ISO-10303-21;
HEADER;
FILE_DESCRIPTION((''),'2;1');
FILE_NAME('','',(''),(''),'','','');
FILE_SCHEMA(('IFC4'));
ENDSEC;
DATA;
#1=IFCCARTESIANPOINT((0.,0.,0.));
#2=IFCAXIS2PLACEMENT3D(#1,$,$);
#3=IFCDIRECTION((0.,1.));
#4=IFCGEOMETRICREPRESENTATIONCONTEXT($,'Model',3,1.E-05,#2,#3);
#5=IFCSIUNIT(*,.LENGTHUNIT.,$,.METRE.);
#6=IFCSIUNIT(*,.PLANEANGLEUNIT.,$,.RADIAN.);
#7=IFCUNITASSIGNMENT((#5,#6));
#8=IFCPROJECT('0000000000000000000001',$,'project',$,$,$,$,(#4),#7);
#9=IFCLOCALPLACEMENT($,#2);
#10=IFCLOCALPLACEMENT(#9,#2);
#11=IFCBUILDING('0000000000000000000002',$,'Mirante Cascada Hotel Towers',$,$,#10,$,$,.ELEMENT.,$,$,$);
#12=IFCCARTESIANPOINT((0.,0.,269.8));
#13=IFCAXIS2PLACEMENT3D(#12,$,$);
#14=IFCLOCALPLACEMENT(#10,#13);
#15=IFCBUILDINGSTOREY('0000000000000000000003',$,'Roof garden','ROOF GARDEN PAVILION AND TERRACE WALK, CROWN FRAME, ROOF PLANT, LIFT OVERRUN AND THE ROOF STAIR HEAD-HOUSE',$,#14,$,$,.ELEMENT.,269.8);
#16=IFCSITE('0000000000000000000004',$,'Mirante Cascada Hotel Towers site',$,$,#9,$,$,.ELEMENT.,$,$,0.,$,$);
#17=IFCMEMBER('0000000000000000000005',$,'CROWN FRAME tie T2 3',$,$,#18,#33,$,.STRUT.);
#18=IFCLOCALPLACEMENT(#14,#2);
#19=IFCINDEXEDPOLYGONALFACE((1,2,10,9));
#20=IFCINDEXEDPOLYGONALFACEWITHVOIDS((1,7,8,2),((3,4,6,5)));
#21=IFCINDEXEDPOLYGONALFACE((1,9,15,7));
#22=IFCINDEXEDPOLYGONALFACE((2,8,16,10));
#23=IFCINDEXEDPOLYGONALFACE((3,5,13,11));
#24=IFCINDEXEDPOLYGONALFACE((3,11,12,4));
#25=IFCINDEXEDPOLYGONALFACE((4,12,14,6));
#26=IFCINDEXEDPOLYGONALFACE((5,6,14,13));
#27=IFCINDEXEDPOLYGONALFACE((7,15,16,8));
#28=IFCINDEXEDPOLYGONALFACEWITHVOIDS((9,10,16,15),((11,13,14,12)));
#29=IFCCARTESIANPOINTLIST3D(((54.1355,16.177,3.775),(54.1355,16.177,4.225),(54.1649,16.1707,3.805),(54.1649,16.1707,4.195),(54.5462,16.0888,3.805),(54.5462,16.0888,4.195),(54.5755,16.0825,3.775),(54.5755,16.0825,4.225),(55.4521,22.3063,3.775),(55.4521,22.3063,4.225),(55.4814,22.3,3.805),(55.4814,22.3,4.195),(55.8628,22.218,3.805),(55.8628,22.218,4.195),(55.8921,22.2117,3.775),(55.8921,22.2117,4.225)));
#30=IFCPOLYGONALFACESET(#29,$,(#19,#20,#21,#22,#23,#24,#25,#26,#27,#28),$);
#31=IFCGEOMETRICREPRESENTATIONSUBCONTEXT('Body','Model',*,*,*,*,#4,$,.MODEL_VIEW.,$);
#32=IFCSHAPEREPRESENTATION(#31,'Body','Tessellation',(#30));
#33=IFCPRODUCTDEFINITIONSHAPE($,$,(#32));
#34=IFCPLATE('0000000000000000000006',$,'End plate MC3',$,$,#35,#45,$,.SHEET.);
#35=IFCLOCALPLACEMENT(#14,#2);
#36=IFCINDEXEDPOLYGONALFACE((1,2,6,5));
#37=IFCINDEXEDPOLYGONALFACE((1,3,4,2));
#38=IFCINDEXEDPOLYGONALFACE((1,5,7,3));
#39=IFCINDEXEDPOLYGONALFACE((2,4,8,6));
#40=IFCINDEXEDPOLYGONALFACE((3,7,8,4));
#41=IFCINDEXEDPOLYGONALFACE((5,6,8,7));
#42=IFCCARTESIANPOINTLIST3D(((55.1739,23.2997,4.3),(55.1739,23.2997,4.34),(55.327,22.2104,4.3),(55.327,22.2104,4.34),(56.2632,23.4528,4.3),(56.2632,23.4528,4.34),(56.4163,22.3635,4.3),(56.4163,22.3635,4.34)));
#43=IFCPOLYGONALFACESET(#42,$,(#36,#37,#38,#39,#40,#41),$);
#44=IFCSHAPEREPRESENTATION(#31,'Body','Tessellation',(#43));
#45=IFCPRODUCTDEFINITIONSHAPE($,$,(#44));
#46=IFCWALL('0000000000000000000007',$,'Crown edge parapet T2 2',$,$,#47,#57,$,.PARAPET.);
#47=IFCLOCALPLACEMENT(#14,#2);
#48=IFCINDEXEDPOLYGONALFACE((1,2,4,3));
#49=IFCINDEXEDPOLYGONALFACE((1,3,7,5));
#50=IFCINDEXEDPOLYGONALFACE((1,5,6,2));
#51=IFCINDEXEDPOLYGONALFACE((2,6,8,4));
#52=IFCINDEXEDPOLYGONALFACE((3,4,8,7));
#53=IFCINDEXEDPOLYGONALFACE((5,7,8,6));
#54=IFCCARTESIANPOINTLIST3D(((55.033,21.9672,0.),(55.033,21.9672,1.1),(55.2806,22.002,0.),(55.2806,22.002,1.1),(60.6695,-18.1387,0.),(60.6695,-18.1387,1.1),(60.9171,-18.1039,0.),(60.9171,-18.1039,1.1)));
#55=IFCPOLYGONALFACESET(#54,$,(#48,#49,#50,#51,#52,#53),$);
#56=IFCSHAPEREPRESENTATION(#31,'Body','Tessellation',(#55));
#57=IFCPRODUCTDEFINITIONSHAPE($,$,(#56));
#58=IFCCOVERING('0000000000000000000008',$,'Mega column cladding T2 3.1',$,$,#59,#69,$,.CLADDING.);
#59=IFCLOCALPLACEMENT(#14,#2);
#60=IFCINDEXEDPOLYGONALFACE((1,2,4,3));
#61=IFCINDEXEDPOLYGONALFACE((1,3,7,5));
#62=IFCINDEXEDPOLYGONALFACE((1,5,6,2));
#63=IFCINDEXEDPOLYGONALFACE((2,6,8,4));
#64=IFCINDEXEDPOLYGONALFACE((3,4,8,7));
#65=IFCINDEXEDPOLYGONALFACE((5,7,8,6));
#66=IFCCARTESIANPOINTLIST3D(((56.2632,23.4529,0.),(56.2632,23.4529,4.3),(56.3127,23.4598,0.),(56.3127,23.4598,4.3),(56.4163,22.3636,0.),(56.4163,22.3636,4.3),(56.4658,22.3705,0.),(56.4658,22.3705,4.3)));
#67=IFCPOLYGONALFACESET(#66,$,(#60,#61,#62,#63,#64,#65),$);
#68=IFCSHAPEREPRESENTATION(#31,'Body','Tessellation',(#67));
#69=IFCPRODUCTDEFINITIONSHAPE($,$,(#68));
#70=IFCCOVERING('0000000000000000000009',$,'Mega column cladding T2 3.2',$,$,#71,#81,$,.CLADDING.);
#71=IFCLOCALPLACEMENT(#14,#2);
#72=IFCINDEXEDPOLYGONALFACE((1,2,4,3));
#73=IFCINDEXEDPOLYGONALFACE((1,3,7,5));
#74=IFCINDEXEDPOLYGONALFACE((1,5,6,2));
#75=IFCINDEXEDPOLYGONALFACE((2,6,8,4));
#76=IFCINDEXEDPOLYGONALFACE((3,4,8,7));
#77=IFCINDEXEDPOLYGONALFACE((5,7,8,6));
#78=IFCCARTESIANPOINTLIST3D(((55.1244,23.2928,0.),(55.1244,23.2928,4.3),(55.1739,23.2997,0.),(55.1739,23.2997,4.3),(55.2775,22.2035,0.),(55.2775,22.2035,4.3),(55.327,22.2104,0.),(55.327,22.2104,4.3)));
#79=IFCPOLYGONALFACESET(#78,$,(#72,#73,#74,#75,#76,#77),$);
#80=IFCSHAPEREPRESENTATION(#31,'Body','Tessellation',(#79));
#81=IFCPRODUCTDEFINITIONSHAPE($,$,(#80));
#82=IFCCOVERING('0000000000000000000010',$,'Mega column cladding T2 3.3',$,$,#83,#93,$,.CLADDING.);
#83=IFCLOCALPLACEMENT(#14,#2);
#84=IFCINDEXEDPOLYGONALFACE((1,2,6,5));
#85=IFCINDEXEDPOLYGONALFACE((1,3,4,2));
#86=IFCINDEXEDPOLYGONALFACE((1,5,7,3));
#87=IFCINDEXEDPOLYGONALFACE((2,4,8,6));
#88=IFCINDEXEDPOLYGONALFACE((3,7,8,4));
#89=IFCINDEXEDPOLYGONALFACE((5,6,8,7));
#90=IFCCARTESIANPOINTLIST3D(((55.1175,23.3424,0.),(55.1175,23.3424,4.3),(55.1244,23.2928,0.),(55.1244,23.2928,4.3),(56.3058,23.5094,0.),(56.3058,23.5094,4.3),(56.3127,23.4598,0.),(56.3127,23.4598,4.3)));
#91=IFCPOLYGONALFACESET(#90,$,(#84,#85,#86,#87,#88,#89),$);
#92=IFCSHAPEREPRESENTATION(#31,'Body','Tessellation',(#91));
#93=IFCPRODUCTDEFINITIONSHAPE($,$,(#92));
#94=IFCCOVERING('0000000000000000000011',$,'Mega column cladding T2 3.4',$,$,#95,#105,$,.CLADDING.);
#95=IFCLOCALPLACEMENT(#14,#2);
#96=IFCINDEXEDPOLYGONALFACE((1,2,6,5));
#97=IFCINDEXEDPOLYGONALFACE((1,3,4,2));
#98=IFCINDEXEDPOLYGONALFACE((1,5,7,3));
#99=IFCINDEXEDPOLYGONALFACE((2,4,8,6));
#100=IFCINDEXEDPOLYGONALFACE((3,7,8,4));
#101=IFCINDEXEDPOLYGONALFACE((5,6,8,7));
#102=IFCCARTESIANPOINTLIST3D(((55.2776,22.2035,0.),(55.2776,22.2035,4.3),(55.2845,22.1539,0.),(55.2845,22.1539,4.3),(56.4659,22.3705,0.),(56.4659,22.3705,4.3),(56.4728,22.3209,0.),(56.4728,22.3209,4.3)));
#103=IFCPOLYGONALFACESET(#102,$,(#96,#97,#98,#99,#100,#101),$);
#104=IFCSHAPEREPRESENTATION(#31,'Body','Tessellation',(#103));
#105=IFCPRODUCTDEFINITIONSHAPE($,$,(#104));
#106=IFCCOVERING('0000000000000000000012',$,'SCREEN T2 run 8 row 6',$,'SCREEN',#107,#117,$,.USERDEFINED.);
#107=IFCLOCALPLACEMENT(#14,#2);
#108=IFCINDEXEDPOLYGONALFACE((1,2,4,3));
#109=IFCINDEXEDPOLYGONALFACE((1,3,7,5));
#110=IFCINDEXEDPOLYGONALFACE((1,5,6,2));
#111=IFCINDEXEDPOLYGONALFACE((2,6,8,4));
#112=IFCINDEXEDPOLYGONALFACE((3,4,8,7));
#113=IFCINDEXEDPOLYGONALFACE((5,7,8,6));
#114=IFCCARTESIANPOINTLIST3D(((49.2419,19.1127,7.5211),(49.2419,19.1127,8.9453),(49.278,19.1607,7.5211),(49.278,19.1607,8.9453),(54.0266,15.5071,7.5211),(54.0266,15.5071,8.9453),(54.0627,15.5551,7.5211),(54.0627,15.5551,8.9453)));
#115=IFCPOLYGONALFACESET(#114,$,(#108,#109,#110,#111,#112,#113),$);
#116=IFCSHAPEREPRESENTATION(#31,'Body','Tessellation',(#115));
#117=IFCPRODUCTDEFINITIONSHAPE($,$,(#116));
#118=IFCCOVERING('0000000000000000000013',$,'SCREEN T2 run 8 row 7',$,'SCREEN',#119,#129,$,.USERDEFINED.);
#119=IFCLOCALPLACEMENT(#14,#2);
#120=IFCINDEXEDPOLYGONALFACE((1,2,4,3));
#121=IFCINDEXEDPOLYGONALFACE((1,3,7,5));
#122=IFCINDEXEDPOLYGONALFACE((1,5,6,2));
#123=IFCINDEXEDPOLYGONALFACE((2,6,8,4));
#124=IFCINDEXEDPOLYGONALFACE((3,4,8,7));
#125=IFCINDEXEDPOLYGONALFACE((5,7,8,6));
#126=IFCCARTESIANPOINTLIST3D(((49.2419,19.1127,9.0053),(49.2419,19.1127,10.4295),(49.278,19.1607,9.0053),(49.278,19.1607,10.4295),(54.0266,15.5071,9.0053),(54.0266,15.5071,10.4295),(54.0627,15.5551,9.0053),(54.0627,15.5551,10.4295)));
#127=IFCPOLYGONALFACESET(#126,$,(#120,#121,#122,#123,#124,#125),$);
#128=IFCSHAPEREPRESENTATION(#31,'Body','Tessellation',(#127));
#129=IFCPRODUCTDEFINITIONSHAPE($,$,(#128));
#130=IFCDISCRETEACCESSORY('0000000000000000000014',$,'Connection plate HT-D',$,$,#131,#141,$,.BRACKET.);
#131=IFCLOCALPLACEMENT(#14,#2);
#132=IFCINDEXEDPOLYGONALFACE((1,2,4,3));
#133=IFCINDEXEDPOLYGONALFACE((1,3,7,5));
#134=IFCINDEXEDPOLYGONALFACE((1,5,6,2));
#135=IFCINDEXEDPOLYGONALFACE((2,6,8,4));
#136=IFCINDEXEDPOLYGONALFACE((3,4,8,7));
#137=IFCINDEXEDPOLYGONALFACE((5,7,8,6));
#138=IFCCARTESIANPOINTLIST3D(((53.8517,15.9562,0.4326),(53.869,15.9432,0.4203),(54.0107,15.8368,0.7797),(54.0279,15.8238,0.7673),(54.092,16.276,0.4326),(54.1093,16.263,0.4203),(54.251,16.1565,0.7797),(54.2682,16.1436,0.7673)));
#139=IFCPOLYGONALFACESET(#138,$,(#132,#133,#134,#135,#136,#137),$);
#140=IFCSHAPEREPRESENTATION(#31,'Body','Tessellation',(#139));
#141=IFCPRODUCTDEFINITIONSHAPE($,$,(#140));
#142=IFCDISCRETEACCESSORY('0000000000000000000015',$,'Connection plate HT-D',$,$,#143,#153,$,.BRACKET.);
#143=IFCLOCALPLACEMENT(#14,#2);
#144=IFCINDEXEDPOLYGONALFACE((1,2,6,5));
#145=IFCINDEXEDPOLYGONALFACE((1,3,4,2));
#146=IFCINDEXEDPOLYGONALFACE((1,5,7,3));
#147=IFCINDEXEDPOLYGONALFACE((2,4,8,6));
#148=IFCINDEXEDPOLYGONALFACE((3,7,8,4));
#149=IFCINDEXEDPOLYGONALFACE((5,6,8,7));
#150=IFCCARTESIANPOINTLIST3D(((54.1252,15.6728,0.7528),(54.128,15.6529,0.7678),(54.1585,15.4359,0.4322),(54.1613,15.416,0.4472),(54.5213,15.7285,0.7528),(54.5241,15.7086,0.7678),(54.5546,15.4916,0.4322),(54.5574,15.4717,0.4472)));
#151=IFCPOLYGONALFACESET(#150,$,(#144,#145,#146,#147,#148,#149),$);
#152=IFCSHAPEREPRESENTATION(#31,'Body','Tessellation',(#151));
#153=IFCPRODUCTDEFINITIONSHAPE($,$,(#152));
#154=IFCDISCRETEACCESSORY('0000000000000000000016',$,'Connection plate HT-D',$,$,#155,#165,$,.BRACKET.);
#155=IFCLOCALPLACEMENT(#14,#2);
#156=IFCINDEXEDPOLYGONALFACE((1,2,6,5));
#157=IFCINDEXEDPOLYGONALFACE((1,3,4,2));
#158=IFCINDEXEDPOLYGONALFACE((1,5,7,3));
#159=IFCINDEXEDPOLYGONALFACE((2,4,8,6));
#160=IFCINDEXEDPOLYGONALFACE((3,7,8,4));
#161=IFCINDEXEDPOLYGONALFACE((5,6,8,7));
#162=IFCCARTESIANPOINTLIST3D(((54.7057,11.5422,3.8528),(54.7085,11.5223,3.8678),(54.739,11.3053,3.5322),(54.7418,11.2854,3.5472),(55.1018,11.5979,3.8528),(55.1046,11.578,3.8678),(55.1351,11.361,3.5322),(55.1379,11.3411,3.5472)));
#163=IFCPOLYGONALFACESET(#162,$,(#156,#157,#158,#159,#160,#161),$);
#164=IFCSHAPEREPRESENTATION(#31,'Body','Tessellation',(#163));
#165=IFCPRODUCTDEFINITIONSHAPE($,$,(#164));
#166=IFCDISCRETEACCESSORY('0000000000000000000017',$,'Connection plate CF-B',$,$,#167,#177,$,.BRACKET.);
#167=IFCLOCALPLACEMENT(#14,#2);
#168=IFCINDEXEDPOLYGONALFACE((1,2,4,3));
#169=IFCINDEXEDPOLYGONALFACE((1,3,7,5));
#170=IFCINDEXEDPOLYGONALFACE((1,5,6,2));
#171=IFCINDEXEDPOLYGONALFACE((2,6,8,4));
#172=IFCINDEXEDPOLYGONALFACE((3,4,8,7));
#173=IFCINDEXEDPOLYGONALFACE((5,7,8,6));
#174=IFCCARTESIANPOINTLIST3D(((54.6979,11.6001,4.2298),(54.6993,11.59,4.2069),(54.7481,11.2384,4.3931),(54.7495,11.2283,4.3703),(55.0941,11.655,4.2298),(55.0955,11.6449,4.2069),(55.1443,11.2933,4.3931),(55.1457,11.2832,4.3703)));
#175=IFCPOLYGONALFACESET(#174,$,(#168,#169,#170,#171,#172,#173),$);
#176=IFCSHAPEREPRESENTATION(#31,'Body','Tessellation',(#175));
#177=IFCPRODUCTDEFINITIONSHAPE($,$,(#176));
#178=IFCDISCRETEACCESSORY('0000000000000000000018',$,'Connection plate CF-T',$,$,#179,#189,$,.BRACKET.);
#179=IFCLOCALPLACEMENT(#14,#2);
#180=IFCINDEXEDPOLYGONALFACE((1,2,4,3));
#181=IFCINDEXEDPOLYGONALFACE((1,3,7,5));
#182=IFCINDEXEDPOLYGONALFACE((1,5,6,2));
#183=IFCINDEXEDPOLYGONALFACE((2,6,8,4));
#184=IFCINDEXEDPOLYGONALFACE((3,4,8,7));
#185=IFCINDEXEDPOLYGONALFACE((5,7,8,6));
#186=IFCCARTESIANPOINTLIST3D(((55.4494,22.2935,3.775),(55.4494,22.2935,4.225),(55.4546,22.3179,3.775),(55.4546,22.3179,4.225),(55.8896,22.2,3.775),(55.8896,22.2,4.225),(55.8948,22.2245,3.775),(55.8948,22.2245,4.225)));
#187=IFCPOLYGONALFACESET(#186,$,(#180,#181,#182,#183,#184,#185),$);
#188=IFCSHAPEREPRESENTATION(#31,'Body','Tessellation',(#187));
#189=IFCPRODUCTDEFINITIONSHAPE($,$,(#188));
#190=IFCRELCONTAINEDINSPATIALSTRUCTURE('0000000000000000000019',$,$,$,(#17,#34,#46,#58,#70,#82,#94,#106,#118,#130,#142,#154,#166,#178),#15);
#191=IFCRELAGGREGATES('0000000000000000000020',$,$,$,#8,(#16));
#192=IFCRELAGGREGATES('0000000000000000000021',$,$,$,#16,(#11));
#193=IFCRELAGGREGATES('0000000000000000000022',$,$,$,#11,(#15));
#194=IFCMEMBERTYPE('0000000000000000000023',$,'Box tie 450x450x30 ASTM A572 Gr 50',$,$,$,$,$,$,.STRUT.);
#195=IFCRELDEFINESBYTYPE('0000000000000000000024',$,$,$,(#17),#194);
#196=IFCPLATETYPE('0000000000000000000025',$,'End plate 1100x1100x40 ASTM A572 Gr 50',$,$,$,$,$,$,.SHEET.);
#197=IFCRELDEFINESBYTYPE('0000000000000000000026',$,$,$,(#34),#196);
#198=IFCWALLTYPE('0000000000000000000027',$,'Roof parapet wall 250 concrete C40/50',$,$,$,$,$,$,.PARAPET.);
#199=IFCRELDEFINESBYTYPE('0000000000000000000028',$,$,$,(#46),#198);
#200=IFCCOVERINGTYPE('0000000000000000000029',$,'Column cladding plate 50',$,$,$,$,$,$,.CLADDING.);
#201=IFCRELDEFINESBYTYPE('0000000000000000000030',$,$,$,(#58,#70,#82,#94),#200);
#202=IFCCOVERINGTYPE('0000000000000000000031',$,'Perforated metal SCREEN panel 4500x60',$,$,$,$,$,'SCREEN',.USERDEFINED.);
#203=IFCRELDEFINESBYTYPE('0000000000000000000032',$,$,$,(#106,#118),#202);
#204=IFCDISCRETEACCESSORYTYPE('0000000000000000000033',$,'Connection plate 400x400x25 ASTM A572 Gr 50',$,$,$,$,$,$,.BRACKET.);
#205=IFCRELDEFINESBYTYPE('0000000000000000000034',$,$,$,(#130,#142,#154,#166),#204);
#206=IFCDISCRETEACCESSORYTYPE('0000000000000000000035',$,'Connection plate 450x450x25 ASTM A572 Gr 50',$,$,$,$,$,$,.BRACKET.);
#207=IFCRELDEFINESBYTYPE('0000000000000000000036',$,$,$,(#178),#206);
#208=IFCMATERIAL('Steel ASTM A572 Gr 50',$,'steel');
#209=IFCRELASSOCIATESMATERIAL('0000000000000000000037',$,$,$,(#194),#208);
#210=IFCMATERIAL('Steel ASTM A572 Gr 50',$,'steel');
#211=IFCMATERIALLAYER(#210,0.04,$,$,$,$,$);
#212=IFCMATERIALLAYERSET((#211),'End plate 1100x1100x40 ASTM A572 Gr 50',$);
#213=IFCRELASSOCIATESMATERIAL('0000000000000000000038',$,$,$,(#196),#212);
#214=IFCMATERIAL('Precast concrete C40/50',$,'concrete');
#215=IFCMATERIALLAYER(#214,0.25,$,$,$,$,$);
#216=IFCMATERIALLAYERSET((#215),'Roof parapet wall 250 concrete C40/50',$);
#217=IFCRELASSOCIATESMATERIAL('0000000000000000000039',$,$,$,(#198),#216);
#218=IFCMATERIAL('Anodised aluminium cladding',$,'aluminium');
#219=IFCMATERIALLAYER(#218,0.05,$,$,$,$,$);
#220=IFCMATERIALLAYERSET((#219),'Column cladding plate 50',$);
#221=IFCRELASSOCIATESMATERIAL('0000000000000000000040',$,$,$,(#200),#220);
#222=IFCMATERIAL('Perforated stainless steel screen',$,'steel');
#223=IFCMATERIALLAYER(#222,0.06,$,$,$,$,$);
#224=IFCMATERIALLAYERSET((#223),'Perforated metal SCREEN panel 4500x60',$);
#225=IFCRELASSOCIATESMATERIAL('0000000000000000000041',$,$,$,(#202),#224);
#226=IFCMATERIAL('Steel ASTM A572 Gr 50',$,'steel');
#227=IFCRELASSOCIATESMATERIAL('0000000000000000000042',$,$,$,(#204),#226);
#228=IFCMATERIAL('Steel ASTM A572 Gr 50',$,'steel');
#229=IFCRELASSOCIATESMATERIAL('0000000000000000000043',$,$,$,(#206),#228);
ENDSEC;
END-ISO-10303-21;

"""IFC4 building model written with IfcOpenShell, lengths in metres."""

from ifc_helpers import new_model, si_unit, direction, frame, frame_2d, origin, origin_2d, place, context, subcontext, project, spatial, rectangle, hollow_rectangle, extrude, material, layer, layer_set, material_profile, profile_set, type_object, element, save


model = new_model("IFC4")

# Units and contexts
model_context = context("Model", 3, precision=1e-05, world=origin(), true_north=direction((0.0, 1.0)))
body_context = subcontext(model_context, "Body", "Model", "MODEL_VIEW")
ifc_project = project(units=[si_unit("LENGTHUNIT", "METRE"), si_unit("PLANEANGLEUNIT", "RADIAN")], contexts=[model_context])

# Site, building, storey
site_placement = place(None, origin())
site = spatial("IfcSite", under=ifc_project, at=site_placement, Name="Mirante Cascada Hotel Towers site", CompositionType="ELEMENT", RefElevation=0.0)
building_placement = place(site_placement, origin())
building = spatial("IfcBuilding", under=site, at=building_placement, Name="Mirante Cascada Hotel Towers", CompositionType="ELEMENT")
storey_placement = place(building_placement, frame((0.0, 0.0, 269.8)))
storey = spatial("IfcBuildingStorey", under=building, at=storey_placement, Name="Roof garden", Description="ROOF GARDEN PAVILION AND TERRACE WALK, CROWN FRAME, ROOF PLANT, LIFT OVERRUN AND THE ROOF STAIR HEAD-HOUSE", CompositionType="ELEMENT", Elevation=269.8)

# Member
ifc_material_1 = material(Name="Steel ASTM A572 Gr 50", Category="steel")
ifc_material_profile_1 = material_profile(ifc_material_1, hollow_rectangle(XDim=0.45, YDim=0.45, WallThickness=0.03, at=origin_2d()), Name="Box tie 450x450x30 ASTM A572 Gr 50")
ifc_profile_set_1 = profile_set([ifc_material_profile_1], Name="Steel ASTM A572 Gr 50")
member_type_1 = type_object("IfcMemberType", Name="Box tie 450x450x30 ASTM A572 Gr 50", PredefinedType="STRUT", material=ifc_profile_set_1)
member_1_placement = place(storey_placement, frame((55.6721, 22.259, 4.0), z_axis=(-0.210014, -0.977698, 0.0), x_axis=(0.977698, -0.210014, 0.0)))
element("IfcMember", 1, at=member_1_placement, inside=storey, type_object=member_type_1, Name="CROWN FRAME tie T2 3", PredefinedType="STRUT", context=body_context, shape_type="SweptSolid", body=[
    extrude(hollow_rectangle(XDim=0.45, YDim=0.45, WallThickness=0.03, at=origin_2d()), origin(), (0.0, 0.0, 1.0), 6.2691),
])

# Plate
ifc_material_2 = material(Name="Steel ASTM A572 Gr 50", Category="steel")
ifc_layer_1 = layer(ifc_material_2, 0.04)
ifc_layer_set_1 = layer_set([ifc_layer_1], Name="End plate 1100x1100x40 ASTM A572 Gr 50")
plate_type = type_object("IfcPlateType", Name="End plate 1100x1100x40 ASTM A572 Gr 50", PredefinedType="SHEET", material=ifc_layer_set_1)
plate_placement = place(storey_placement, frame((55.7951, 22.8316, 4.3), z_axis=(0.0, 0.0, 1.0), x_axis=(0.990268, 0.139173, 0.0)))
element("IfcPlate", 2, at=plate_placement, inside=storey, type_object=plate_type, Name="End plate MC3", PredefinedType="SHEET", context=body_context, shape_type="SweptSolid", body=[
    extrude(rectangle(XDim=1.1, YDim=1.1, at=origin_2d()), origin(), (0.0, 0.0, 1.0), 0.04),
])

# Wall
ifc_material_3 = material(Name="Precast concrete C40/50", Category="concrete")
ifc_layer_2 = layer(ifc_material_3, 0.25)
ifc_layer_set_2 = layer_set([ifc_layer_2], Name="Roof parapet wall 250 concrete C40/50")
wall_type = type_object("IfcWallType", Name="Roof parapet wall 250 concrete C40/50", PredefinedType="PARAPET", material=ifc_layer_set_2)
wall_placement = place(storey_placement, frame((55.1568, 21.9846, 0.0), z_axis=(0.0, 0.0, 1.0), x_axis=(0.139173, -0.990268, 0.0)))
element("IfcWall", 3, at=wall_placement, inside=storey, type_object=wall_type, Name="Crown edge parapet T2 2", PredefinedType="PARAPET", context=body_context, shape_type="SweptSolid", body=[
    extrude(rectangle(XDim=40.5, YDim=0.25, at=frame_2d((20.25, 0.0))), origin(), (0.0, 0.0, 1.0), 1.1),
])

# Coverings
ifc_material_4 = material(Name="Anodised aluminium cladding", Category="aluminium")
ifc_layer_3 = layer(ifc_material_4, 0.05)
ifc_layer_set_3 = layer_set([ifc_layer_3], Name="Column cladding plate 50")
covering_type_1 = type_object("IfcCoveringType", Name="Column cladding plate 50", PredefinedType="CLADDING", material=ifc_layer_set_3)
for number, where, z_axis, x_axis, name in (
    (4, (56.3645, 22.9117, 0.0), (0.0, 0.0, 1.0), (0.990268, 0.139173, 0.0), "Mega column cladding T2 3.1"),
    (5, (55.2257, 22.7516, 0.0), (0.0, 0.0, 1.0), (0.990268, 0.139173, 0.0), "Mega column cladding T2 3.2"),
):
    element("IfcCovering", number, at=place(storey_placement, frame(where, z_axis=z_axis, x_axis=x_axis)), inside=storey, type_object=covering_type_1, Name=name, PredefinedType="CLADDING", context=body_context, shape_type="SweptSolid", body=[
        extrude(rectangle(XDim=0.05, YDim=1.1, at=origin_2d()), origin(), (0.0, 0.0, 1.0), 4.3),
    ])
for number, where, z_axis, x_axis, name in (
    (6, (55.7151, 23.4011, 0.0), (0.0, 0.0, 1.0), (0.990268, 0.139173, 0.0), "Mega column cladding T2 3.3"),
    (7, (55.8752, 22.2622, 0.0), (0.0, 0.0, 1.0), (0.990268, 0.139173, 0.0), "Mega column cladding T2 3.4"),
):
    element("IfcCovering", number, at=place(storey_placement, frame(where, z_axis=z_axis, x_axis=x_axis)), inside=storey, type_object=covering_type_1, Name=name, PredefinedType="CLADDING", context=body_context, shape_type="SweptSolid", body=[
        extrude(rectangle(XDim=1.2, YDim=0.05, at=origin_2d()), origin(), (0.0, 0.0, 1.0), 4.3),
    ])
ifc_material_5 = material(Name="Perforated stainless steel screen", Category="steel")
ifc_layer_4 = layer(ifc_material_5, 0.06)
ifc_layer_set_4 = layer_set([ifc_layer_4], Name="Perforated metal SCREEN panel 4500x60")
covering_type_2 = type_object("IfcCoveringType", Name="Perforated metal SCREEN panel 4500x60", ElementType="SCREEN", PredefinedType="USERDEFINED", material=ifc_layer_set_4)
for number, where, z_axis, x_axis, name in (
    (8, (51.6523, 17.3339, 7.5211), (0.0, 0.0, 1.0), (0.798636, -0.601815, 0.0), "SCREEN T2 run 8 row 6"),
    (9, (51.6523, 17.3339, 9.0053), (0.0, 0.0, 1.0), (0.798636, -0.601815, 0.0), "SCREEN T2 run 8 row 7"),
):
    element("IfcCovering", number, at=place(storey_placement, frame(where, z_axis=z_axis, x_axis=x_axis)), inside=storey, type_object=covering_type_2, Name=name, ObjectType="SCREEN", PredefinedType="USERDEFINED", context=body_context, shape_type="SweptSolid", body=[
        extrude(rectangle(XDim=5.9912, YDim=0.06, at=origin_2d()), origin(), (0.0, 0.0, 1.0), 1.4242),
    ])

# Discrete accessories
ifc_material_6 = material(Name="Steel ASTM A572 Gr 50", Category="steel")
ifc_material_profile_2 = material_profile(ifc_material_6, rectangle(XDim=0.4, YDim=0.4, at=origin_2d()), Name="Connection plate 400x400x25 ASTM A572 Gr 50")
ifc_profile_set_2 = profile_set([ifc_material_profile_2], Name="Steel ASTM A572 Gr 50")
discrete_accessory_type_1 = type_object("IfcDiscreteAccessoryType", Name="Connection plate 400x400x25 ASTM A572 Gr 50", PredefinedType="BRACKET", material=ifc_profile_set_2)
discrete_accessory_1_placement = place(storey_placement, frame((54.0686, 16.0434, 0.5938), z_axis=(-0.693639, 0.521232, 0.497175), x_axis=(-0.600739, -0.799445, 0.0)))
element("IfcDiscreteAccessory", 10, at=discrete_accessory_1_placement, inside=storey, type_object=discrete_accessory_type_1, Name="Connection plate HT-D", PredefinedType="BRACKET", context=body_context, shape_type="SweptSolid", body=[
    extrude(rectangle(XDim=0.4, YDim=0.4, at=origin_2d()), origin(), (0.0, 0.0, 1.0), 0.0249),
])
for number, where, z_axis, x_axis, name in (
    (11, (54.3399, 15.5822, 0.5925), (0.111657, -0.79356, 0.59816), (0.990246, 0.139331, 0.0), "Connection plate HT-D"),
    (12, (54.9204, 11.4516, 3.6925), (0.111657, -0.79356, 0.59816), (0.990246, 0.139331, 0.0), "Connection plate HT-D"),
):
    element("IfcDiscreteAccessory", number, at=place(storey_placement, frame(where, z_axis=z_axis, x_axis=x_axis)), inside=storey, type_object=discrete_accessory_type_1, Name=name, PredefinedType="BRACKET", context=body_context, shape_type="SweptSolid", body=[
        extrude(rectangle(XDim=0.4, YDim=0.4, at=origin_2d()), origin(), (0.0, 0.0, 1.0), 0.0251),
    ])
discrete_accessory_2_placement = place(storey_placement, frame((54.9225, 11.4366, 4.2886), z_axis=(-0.056053, 0.404385, 0.91287), x_axis=(-0.990529, -0.137301, 0.0)))
element("IfcDiscreteAccessory", 13, at=discrete_accessory_2_placement, inside=storey, type_object=discrete_accessory_type_1, Name="Connection plate CF-B", PredefinedType="BRACKET", context=body_context, shape_type="SweptSolid", body=[
    extrude(rectangle(XDim=0.4, YDim=0.4, at=origin_2d()), origin(), (0.0, 0.0, 1.0), 0.025),
])
ifc_material_7 = material(Name="Steel ASTM A572 Gr 50", Category="steel")
ifc_material_profile_3 = material_profile(ifc_material_7, rectangle(XDim=0.45, YDim=0.45, at=origin_2d()), Name="Connection plate 450x450x25 ASTM A572 Gr 50")
ifc_profile_set_3 = profile_set([ifc_material_profile_3], Name="Steel ASTM A572 Gr 50")
discrete_accessory_type_2 = type_object("IfcDiscreteAccessoryType", Name="Connection plate 450x450x25 ASTM A572 Gr 50", PredefinedType="BRACKET", material=ifc_profile_set_3)
discrete_accessory_3_placement = place(storey_placement, frame((55.6747, 22.2712, 4.0), z_axis=(-0.20762, -0.97821, 0.0), x_axis=(0.97821, -0.20762, 0.0)))
element("IfcDiscreteAccessory", 14, at=discrete_accessory_3_placement, inside=storey, type_object=discrete_accessory_type_2, Name="Connection plate CF-T", PredefinedType="BRACKET", context=body_context, shape_type="SweptSolid", body=[
    extrude(rectangle(XDim=0.45, YDim=0.45, at=origin_2d()), origin(), (0.0, 0.0, 1.0), 0.025),
])

save(model, "model.ifc")
